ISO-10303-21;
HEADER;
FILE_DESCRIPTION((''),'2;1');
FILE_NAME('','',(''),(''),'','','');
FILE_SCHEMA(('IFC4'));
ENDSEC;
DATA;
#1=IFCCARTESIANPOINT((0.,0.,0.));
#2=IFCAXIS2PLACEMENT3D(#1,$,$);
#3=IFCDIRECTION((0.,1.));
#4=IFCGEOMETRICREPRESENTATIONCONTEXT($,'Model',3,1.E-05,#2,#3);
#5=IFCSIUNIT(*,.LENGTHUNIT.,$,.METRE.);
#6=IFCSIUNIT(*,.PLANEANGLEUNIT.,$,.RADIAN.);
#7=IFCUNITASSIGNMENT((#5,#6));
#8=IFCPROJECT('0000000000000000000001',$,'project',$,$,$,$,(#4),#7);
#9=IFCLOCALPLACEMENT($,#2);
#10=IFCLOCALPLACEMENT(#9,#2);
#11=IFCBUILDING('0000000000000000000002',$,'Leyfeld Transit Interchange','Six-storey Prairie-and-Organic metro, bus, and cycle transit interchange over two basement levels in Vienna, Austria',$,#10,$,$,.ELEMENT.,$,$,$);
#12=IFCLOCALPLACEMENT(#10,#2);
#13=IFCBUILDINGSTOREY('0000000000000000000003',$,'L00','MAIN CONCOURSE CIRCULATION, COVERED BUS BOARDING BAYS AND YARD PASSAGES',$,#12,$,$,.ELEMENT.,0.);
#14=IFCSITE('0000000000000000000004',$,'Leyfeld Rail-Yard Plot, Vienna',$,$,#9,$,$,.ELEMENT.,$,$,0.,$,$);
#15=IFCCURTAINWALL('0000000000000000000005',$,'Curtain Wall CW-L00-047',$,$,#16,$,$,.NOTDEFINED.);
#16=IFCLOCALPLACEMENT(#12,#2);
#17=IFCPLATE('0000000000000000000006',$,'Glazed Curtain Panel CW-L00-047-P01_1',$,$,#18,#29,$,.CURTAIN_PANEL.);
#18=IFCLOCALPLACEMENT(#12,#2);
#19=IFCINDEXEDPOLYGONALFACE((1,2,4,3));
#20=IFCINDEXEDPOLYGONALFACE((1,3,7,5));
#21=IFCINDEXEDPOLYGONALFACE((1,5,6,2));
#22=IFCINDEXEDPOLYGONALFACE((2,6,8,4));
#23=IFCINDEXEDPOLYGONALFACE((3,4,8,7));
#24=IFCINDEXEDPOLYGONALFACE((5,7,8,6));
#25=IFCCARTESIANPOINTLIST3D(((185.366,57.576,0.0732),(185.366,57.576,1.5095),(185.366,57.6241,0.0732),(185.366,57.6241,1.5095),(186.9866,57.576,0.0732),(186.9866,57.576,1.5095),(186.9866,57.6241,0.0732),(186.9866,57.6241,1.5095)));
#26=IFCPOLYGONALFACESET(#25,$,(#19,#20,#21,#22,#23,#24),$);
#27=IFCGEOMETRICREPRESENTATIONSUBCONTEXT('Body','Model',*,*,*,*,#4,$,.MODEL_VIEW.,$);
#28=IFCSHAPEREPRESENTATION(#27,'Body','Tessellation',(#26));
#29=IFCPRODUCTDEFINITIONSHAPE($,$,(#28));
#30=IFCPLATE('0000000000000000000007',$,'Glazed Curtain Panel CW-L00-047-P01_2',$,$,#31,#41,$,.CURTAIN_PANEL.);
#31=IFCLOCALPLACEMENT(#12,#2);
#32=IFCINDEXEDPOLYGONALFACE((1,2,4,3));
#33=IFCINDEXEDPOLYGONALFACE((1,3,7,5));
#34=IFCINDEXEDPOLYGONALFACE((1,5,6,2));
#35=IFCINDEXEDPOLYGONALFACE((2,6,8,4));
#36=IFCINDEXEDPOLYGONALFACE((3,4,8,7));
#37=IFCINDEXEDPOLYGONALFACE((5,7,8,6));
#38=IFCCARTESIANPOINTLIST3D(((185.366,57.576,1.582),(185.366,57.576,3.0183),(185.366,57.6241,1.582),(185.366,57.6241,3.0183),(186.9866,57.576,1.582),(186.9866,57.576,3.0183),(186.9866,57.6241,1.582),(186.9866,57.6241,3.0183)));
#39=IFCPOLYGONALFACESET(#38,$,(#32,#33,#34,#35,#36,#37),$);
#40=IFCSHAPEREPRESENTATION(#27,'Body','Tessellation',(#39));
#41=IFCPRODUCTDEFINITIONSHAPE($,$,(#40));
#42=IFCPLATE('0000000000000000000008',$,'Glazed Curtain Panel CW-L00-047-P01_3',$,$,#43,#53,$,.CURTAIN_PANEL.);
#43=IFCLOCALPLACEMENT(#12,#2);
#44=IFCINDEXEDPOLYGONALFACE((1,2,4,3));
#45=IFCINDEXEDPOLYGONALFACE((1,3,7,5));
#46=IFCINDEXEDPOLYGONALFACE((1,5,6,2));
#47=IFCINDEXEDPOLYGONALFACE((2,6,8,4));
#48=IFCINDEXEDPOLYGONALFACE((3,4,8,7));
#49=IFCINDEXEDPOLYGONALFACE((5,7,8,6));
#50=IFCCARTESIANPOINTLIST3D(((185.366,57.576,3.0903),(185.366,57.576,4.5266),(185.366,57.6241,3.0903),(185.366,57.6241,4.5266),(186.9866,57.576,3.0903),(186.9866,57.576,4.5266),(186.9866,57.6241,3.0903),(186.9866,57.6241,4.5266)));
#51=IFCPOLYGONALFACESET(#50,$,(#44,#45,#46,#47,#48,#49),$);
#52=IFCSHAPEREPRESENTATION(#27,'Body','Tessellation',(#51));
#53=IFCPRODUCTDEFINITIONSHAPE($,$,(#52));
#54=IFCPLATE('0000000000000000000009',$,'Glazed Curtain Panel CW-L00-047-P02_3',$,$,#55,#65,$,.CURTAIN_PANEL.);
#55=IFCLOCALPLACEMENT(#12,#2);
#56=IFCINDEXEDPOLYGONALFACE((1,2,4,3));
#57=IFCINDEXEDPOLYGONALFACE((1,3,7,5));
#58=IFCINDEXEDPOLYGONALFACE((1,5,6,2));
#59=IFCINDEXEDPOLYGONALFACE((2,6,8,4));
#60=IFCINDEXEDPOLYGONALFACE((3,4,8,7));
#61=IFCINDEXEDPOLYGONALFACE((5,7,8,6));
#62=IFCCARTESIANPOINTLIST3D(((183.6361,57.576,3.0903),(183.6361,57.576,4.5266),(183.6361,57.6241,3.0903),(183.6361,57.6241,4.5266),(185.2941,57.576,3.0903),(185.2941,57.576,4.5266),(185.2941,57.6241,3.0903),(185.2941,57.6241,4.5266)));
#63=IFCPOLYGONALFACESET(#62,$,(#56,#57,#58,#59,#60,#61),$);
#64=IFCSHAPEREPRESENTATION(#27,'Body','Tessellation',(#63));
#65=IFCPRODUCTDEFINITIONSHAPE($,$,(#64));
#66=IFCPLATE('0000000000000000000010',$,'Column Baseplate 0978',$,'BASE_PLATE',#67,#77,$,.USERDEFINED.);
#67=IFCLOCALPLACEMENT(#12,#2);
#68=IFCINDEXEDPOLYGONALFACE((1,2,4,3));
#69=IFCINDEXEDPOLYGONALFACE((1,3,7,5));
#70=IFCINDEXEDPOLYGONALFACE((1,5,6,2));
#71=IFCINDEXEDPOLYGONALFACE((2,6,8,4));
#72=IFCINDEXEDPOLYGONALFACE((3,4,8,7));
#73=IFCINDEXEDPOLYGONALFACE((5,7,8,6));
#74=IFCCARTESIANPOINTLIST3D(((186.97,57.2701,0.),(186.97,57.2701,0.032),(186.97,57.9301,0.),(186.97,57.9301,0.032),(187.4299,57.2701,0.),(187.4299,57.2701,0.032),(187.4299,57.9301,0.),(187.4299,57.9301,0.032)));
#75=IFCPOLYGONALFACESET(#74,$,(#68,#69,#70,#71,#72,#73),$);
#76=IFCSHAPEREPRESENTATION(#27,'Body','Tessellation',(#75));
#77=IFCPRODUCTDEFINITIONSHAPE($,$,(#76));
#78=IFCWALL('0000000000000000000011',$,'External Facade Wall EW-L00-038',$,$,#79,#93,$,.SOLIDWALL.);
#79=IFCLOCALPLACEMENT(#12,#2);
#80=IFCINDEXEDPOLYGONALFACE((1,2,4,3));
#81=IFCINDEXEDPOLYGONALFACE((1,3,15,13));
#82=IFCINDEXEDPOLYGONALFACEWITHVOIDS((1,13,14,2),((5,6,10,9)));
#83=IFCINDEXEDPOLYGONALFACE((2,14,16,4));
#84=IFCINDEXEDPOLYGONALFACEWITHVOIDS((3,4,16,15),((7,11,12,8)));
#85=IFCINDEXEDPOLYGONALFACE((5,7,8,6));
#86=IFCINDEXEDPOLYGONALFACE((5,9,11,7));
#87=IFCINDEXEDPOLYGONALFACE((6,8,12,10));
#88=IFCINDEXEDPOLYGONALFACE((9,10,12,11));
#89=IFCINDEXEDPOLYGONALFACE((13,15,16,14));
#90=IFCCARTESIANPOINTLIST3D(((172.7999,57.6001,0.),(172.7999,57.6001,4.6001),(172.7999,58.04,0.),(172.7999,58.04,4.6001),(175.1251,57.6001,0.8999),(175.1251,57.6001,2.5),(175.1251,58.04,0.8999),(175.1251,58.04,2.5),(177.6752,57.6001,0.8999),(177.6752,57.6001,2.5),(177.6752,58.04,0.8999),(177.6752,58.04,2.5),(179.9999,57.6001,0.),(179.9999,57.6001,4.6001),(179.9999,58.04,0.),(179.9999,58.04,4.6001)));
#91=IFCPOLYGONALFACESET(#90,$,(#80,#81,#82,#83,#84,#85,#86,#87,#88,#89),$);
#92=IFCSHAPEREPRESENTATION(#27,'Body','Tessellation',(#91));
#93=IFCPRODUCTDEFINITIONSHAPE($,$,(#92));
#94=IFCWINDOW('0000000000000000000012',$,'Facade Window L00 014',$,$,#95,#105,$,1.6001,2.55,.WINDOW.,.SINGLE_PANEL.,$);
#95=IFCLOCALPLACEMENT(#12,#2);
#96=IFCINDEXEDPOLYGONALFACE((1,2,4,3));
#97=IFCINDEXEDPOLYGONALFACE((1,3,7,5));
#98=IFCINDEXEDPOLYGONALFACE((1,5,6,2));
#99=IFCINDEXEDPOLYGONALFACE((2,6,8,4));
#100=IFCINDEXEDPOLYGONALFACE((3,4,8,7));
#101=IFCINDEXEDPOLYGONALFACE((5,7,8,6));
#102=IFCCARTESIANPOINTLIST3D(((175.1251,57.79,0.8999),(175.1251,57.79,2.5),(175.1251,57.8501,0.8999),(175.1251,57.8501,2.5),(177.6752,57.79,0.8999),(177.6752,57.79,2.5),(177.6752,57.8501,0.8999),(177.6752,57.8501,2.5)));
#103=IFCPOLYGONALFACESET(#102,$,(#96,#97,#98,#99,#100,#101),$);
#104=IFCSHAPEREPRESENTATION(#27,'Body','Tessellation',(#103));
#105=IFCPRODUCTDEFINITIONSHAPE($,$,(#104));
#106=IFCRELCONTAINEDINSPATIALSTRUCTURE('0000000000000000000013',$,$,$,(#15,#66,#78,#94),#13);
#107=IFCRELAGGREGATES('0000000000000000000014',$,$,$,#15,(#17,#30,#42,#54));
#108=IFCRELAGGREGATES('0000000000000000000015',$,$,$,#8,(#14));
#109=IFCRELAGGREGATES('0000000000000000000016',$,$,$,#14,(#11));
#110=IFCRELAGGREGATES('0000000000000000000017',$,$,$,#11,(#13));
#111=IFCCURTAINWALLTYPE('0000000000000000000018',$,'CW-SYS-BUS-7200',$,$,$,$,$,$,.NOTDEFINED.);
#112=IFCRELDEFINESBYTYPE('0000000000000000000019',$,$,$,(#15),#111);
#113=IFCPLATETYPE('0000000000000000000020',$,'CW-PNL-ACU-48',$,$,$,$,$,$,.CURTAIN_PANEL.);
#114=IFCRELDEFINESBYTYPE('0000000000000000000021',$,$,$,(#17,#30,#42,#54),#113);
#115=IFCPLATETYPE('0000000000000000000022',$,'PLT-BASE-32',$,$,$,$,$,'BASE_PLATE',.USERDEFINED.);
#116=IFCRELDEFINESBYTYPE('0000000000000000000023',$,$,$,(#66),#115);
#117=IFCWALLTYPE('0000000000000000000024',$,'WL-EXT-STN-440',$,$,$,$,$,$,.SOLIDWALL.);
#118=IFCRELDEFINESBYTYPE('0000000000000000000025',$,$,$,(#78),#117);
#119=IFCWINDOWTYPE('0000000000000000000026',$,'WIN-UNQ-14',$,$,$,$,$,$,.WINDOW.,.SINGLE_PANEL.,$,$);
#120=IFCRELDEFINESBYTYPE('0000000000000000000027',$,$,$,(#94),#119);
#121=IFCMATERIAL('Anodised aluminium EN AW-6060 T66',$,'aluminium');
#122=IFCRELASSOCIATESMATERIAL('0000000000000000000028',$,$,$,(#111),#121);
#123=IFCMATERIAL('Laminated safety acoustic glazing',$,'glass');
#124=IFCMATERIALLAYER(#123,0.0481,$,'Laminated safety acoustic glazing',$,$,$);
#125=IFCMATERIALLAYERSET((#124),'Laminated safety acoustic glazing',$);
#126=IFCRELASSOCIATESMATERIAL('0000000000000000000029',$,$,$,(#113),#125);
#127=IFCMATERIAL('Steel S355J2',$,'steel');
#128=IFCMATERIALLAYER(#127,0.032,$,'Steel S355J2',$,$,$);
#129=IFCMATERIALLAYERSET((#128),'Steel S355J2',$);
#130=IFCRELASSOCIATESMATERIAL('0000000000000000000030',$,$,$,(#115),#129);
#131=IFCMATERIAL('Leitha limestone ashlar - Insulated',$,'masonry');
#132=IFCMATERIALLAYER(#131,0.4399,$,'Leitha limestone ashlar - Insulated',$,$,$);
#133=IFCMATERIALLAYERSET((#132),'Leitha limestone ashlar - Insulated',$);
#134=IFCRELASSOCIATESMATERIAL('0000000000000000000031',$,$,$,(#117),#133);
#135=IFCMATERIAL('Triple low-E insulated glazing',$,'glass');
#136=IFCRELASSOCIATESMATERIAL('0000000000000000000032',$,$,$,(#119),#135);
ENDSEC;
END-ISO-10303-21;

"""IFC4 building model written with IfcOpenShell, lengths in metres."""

from ifc_helpers import new_model, si_unit, direction, frame, frame_2d, origin, origin_2d, place, context, subcontext, project, spatial, rectangle, extrude, material, layer, layer_set, type_object, element, fill, aggregate, save


model = new_model("IFC4")

# Units and contexts
model_context = context("Model", 3, precision=1e-05, world=origin(), true_north=direction((0.0, 1.0)))
body_context = subcontext(model_context, "Body", "Model", "MODEL_VIEW")
ifc_project = project(units=[si_unit("LENGTHUNIT", "METRE"), si_unit("PLANEANGLEUNIT", "RADIAN")], contexts=[model_context])

# Site, building, storey
site_placement = place(None, origin())
site = spatial("IfcSite", under=ifc_project, at=site_placement, Name="Leyfeld Rail-Yard Plot, Vienna", CompositionType="ELEMENT", RefElevation=0.0)
building_placement = place(site_placement, origin())
building = spatial("IfcBuilding", under=site, at=building_placement, Name="Leyfeld Transit Interchange", Description="Six-storey Prairie-and-Organic metro, bus, and cycle transit interchange over two basement levels in Vienna, Austria", CompositionType="ELEMENT")
storey_placement = place(building_placement, origin())
storey = spatial("IfcBuildingStorey", under=building, at=storey_placement, Name="L00", Description="MAIN CONCOURSE CIRCULATION, COVERED BUS BOARDING BAYS AND YARD PASSAGES", CompositionType="ELEMENT", Elevation=0.0)

# Shared definitions
ifc_material_1 = material(Name="Steel S355J2", Category="steel")

# Curtain wall
ifc_material_2 = material(Name="Anodised aluminium EN AW-6060 T66", Category="aluminium")
curtain_wall_type = type_object("IfcCurtainWallType", Name="CW-SYS-BUS-7200", PredefinedType="NOTDEFINED", material=ifc_material_2)
curtain_wall_1_placement = place(storey_placement, origin())
curtain_wall_1 = element("IfcCurtainWall", 1, at=curtain_wall_1_placement, inside=storey, type_object=curtain_wall_type, Name="Curtain Wall CW-L00-047", PredefinedType="NOTDEFINED")

# Plates
ifc_material_3 = material(Name="Laminated safety acoustic glazing", Category="glass")
ifc_layer_1 = layer(ifc_material_3, 0.0481, Name="Laminated safety acoustic glazing")
ifc_layer_set_1 = layer_set([ifc_layer_1], Name="Laminated safety acoustic glazing")
plate_type_1 = type_object("IfcPlateType", Name="CW-PNL-ACU-48", PredefinedType="CURTAIN_PANEL", material=ifc_layer_set_1)
plate_1_placement = place(storey_placement, frame((186.1763, 57.6001, 0.0732), z_axis=(0.0, 0.0, 1.0), x_axis=(-1.0, 0.0, 0.0)))
plate_1 = element("IfcPlate", 2, at=plate_1_placement, type_object=plate_type_1, Name="Glazed Curtain Panel CW-L00-047-P01_1", PredefinedType="CURTAIN_PANEL", context=body_context, shape_type="SweptSolid", body=[
    extrude(rectangle(XDim=1.6206, YDim=0.0481, at=origin_2d()), origin(), (0.0, 0.0, 1.0), 1.4363),
])
plate_2_placement = place(storey_placement, frame((186.1763, 57.6001, 1.582), z_axis=(0.0, 0.0, 1.0), x_axis=(-1.0, 0.0, 0.0)))
plate_2 = element("IfcPlate", 3, at=plate_2_placement, type_object=plate_type_1, Name="Glazed Curtain Panel CW-L00-047-P01_2", PredefinedType="CURTAIN_PANEL", context=body_context, shape_type="SweptSolid", body=[
    extrude(rectangle(XDim=1.6206, YDim=0.0481, at=origin_2d()), origin(), (0.0, 0.0, 1.0), 1.4363),
])
plate_3_placement = place(storey_placement, frame((186.1763, 57.6001, 3.0903), z_axis=(0.0, 0.0, 1.0), x_axis=(-1.0, 0.0, 0.0)))
plate_3 = element("IfcPlate", 4, at=plate_3_placement, type_object=plate_type_1, Name="Glazed Curtain Panel CW-L00-047-P01_3", PredefinedType="CURTAIN_PANEL", context=body_context, shape_type="SweptSolid", body=[
    extrude(rectangle(XDim=1.6206, YDim=0.0481, at=origin_2d()), origin(), (0.0, 0.0, 1.0), 1.4363),
])
plate_4_placement = place(storey_placement, frame((184.4651, 57.6001, 3.0903), z_axis=(0.0, 0.0, 1.0), x_axis=(-1.0, 0.0, 0.0)))
plate_4 = element("IfcPlate", 5, at=plate_4_placement, type_object=plate_type_1, Name="Glazed Curtain Panel CW-L00-047-P02_3", PredefinedType="CURTAIN_PANEL", context=body_context, shape_type="SweptSolid", body=[
    extrude(rectangle(XDim=1.658, YDim=0.0481, at=origin_2d()), origin(), (0.0, 0.0, 1.0), 1.4363),
])
aggregate(curtain_wall_1, [plate_1, plate_2, plate_3, plate_4])
ifc_layer_2 = layer(ifc_material_1, 0.032, Name="Steel S355J2")
ifc_layer_set_2 = layer_set([ifc_layer_2], Name="Steel S355J2")
plate_type_2 = type_object("IfcPlateType", Name="PLT-BASE-32", ElementType="BASE_PLATE", PredefinedType="USERDEFINED", material=ifc_layer_set_2)
plate_5_placement = place(storey_placement, frame((187.2, 57.6001, 0.0), z_axis=(0.0, 0.0, 1.0), x_axis=(1.0, 0.0, 0.0)))
element("IfcPlate", 6, at=plate_5_placement, inside=storey, type_object=plate_type_2, Name="Column Baseplate 0978", ObjectType="BASE_PLATE", PredefinedType="USERDEFINED", context=body_context, shape_type="SweptSolid", body=[
    extrude(rectangle(XDim=0.46, YDim=0.6599, at=origin_2d()), origin(), (0.0, 0.0, 1.0), 0.032),
])

# Wall, opening, window
ifc_material_4 = material(Name="Leitha limestone ashlar - Insulated", Category="masonry")
ifc_layer_3 = layer(ifc_material_4, 0.4399, Name="Leitha limestone ashlar - Insulated")
ifc_layer_set_3 = layer_set([ifc_layer_3], Name="Leitha limestone ashlar - Insulated")
wall_type = type_object("IfcWallType", Name="WL-EXT-STN-440", PredefinedType="SOLIDWALL", material=ifc_layer_set_3)
wall_placement = place(storey_placement, frame((180.0, 57.8201, 0.0), z_axis=(0.0, 0.0, 1.0), x_axis=(-1.0, 0.0, 0.0)))
wall = element("IfcWall", 7, at=wall_placement, inside=storey, type_object=wall_type, Name="External Facade Wall EW-L00-038", PredefinedType="SOLIDWALL", context=body_context, shape_type="SweptSolid", body=[
    extrude(rectangle(XDim=7.2, YDim=0.4399, at=frame_2d((3.6001, 0.0))), origin(), (0.0, 0.0, 1.0), 4.6001),
])
opening_placement = place(wall_placement, frame((2.325, 0.0, 0.8999)))
opening = element("IfcOpeningElement", 8, at=opening_placement, cuts=wall, PredefinedType="OPENING", context=body_context, shape_type="SweptSolid", body=[
    extrude(rectangle(XDim=2.55, YDim=1.6001, at=frame_2d((1.2749, 0.8))), frame((0.0, 0.23, 0.0), z_axis=(0.0, -1.0, 0.0), x_axis=(1.0, 0.0, 0.0)), (0.0, 0.0, 1.0), 0.46),
])
ifc_material_5 = material(Name="Triple low-E insulated glazing", Category="glass")
window_type = type_object("IfcWindowType", Name="WIN-UNQ-14", PartitioningType="SINGLE_PANEL", PredefinedType="WINDOW", material=ifc_material_5)
window_placement = place(opening_placement, origin())
window = element("IfcWindow", 9, at=window_placement, inside=storey, type_object=window_type, Name="Facade Window L00 014", OverallHeight=1.6001, OverallWidth=2.55, PartitioningType="SINGLE_PANEL", PredefinedType="WINDOW", context=body_context, shape_type="SweptSolid", body=[
    extrude(rectangle(XDim=2.55, YDim=1.6001, at=frame_2d((1.2749, 0.8))), frame((0.0, 0.03, 0.0), z_axis=(0.0, -1.0, 0.0), x_axis=(1.0, 0.0, 0.0)), (0.0, 0.0, 1.0), 0.0601),
])
fill(opening, window)

save(model, "model.ifc")
